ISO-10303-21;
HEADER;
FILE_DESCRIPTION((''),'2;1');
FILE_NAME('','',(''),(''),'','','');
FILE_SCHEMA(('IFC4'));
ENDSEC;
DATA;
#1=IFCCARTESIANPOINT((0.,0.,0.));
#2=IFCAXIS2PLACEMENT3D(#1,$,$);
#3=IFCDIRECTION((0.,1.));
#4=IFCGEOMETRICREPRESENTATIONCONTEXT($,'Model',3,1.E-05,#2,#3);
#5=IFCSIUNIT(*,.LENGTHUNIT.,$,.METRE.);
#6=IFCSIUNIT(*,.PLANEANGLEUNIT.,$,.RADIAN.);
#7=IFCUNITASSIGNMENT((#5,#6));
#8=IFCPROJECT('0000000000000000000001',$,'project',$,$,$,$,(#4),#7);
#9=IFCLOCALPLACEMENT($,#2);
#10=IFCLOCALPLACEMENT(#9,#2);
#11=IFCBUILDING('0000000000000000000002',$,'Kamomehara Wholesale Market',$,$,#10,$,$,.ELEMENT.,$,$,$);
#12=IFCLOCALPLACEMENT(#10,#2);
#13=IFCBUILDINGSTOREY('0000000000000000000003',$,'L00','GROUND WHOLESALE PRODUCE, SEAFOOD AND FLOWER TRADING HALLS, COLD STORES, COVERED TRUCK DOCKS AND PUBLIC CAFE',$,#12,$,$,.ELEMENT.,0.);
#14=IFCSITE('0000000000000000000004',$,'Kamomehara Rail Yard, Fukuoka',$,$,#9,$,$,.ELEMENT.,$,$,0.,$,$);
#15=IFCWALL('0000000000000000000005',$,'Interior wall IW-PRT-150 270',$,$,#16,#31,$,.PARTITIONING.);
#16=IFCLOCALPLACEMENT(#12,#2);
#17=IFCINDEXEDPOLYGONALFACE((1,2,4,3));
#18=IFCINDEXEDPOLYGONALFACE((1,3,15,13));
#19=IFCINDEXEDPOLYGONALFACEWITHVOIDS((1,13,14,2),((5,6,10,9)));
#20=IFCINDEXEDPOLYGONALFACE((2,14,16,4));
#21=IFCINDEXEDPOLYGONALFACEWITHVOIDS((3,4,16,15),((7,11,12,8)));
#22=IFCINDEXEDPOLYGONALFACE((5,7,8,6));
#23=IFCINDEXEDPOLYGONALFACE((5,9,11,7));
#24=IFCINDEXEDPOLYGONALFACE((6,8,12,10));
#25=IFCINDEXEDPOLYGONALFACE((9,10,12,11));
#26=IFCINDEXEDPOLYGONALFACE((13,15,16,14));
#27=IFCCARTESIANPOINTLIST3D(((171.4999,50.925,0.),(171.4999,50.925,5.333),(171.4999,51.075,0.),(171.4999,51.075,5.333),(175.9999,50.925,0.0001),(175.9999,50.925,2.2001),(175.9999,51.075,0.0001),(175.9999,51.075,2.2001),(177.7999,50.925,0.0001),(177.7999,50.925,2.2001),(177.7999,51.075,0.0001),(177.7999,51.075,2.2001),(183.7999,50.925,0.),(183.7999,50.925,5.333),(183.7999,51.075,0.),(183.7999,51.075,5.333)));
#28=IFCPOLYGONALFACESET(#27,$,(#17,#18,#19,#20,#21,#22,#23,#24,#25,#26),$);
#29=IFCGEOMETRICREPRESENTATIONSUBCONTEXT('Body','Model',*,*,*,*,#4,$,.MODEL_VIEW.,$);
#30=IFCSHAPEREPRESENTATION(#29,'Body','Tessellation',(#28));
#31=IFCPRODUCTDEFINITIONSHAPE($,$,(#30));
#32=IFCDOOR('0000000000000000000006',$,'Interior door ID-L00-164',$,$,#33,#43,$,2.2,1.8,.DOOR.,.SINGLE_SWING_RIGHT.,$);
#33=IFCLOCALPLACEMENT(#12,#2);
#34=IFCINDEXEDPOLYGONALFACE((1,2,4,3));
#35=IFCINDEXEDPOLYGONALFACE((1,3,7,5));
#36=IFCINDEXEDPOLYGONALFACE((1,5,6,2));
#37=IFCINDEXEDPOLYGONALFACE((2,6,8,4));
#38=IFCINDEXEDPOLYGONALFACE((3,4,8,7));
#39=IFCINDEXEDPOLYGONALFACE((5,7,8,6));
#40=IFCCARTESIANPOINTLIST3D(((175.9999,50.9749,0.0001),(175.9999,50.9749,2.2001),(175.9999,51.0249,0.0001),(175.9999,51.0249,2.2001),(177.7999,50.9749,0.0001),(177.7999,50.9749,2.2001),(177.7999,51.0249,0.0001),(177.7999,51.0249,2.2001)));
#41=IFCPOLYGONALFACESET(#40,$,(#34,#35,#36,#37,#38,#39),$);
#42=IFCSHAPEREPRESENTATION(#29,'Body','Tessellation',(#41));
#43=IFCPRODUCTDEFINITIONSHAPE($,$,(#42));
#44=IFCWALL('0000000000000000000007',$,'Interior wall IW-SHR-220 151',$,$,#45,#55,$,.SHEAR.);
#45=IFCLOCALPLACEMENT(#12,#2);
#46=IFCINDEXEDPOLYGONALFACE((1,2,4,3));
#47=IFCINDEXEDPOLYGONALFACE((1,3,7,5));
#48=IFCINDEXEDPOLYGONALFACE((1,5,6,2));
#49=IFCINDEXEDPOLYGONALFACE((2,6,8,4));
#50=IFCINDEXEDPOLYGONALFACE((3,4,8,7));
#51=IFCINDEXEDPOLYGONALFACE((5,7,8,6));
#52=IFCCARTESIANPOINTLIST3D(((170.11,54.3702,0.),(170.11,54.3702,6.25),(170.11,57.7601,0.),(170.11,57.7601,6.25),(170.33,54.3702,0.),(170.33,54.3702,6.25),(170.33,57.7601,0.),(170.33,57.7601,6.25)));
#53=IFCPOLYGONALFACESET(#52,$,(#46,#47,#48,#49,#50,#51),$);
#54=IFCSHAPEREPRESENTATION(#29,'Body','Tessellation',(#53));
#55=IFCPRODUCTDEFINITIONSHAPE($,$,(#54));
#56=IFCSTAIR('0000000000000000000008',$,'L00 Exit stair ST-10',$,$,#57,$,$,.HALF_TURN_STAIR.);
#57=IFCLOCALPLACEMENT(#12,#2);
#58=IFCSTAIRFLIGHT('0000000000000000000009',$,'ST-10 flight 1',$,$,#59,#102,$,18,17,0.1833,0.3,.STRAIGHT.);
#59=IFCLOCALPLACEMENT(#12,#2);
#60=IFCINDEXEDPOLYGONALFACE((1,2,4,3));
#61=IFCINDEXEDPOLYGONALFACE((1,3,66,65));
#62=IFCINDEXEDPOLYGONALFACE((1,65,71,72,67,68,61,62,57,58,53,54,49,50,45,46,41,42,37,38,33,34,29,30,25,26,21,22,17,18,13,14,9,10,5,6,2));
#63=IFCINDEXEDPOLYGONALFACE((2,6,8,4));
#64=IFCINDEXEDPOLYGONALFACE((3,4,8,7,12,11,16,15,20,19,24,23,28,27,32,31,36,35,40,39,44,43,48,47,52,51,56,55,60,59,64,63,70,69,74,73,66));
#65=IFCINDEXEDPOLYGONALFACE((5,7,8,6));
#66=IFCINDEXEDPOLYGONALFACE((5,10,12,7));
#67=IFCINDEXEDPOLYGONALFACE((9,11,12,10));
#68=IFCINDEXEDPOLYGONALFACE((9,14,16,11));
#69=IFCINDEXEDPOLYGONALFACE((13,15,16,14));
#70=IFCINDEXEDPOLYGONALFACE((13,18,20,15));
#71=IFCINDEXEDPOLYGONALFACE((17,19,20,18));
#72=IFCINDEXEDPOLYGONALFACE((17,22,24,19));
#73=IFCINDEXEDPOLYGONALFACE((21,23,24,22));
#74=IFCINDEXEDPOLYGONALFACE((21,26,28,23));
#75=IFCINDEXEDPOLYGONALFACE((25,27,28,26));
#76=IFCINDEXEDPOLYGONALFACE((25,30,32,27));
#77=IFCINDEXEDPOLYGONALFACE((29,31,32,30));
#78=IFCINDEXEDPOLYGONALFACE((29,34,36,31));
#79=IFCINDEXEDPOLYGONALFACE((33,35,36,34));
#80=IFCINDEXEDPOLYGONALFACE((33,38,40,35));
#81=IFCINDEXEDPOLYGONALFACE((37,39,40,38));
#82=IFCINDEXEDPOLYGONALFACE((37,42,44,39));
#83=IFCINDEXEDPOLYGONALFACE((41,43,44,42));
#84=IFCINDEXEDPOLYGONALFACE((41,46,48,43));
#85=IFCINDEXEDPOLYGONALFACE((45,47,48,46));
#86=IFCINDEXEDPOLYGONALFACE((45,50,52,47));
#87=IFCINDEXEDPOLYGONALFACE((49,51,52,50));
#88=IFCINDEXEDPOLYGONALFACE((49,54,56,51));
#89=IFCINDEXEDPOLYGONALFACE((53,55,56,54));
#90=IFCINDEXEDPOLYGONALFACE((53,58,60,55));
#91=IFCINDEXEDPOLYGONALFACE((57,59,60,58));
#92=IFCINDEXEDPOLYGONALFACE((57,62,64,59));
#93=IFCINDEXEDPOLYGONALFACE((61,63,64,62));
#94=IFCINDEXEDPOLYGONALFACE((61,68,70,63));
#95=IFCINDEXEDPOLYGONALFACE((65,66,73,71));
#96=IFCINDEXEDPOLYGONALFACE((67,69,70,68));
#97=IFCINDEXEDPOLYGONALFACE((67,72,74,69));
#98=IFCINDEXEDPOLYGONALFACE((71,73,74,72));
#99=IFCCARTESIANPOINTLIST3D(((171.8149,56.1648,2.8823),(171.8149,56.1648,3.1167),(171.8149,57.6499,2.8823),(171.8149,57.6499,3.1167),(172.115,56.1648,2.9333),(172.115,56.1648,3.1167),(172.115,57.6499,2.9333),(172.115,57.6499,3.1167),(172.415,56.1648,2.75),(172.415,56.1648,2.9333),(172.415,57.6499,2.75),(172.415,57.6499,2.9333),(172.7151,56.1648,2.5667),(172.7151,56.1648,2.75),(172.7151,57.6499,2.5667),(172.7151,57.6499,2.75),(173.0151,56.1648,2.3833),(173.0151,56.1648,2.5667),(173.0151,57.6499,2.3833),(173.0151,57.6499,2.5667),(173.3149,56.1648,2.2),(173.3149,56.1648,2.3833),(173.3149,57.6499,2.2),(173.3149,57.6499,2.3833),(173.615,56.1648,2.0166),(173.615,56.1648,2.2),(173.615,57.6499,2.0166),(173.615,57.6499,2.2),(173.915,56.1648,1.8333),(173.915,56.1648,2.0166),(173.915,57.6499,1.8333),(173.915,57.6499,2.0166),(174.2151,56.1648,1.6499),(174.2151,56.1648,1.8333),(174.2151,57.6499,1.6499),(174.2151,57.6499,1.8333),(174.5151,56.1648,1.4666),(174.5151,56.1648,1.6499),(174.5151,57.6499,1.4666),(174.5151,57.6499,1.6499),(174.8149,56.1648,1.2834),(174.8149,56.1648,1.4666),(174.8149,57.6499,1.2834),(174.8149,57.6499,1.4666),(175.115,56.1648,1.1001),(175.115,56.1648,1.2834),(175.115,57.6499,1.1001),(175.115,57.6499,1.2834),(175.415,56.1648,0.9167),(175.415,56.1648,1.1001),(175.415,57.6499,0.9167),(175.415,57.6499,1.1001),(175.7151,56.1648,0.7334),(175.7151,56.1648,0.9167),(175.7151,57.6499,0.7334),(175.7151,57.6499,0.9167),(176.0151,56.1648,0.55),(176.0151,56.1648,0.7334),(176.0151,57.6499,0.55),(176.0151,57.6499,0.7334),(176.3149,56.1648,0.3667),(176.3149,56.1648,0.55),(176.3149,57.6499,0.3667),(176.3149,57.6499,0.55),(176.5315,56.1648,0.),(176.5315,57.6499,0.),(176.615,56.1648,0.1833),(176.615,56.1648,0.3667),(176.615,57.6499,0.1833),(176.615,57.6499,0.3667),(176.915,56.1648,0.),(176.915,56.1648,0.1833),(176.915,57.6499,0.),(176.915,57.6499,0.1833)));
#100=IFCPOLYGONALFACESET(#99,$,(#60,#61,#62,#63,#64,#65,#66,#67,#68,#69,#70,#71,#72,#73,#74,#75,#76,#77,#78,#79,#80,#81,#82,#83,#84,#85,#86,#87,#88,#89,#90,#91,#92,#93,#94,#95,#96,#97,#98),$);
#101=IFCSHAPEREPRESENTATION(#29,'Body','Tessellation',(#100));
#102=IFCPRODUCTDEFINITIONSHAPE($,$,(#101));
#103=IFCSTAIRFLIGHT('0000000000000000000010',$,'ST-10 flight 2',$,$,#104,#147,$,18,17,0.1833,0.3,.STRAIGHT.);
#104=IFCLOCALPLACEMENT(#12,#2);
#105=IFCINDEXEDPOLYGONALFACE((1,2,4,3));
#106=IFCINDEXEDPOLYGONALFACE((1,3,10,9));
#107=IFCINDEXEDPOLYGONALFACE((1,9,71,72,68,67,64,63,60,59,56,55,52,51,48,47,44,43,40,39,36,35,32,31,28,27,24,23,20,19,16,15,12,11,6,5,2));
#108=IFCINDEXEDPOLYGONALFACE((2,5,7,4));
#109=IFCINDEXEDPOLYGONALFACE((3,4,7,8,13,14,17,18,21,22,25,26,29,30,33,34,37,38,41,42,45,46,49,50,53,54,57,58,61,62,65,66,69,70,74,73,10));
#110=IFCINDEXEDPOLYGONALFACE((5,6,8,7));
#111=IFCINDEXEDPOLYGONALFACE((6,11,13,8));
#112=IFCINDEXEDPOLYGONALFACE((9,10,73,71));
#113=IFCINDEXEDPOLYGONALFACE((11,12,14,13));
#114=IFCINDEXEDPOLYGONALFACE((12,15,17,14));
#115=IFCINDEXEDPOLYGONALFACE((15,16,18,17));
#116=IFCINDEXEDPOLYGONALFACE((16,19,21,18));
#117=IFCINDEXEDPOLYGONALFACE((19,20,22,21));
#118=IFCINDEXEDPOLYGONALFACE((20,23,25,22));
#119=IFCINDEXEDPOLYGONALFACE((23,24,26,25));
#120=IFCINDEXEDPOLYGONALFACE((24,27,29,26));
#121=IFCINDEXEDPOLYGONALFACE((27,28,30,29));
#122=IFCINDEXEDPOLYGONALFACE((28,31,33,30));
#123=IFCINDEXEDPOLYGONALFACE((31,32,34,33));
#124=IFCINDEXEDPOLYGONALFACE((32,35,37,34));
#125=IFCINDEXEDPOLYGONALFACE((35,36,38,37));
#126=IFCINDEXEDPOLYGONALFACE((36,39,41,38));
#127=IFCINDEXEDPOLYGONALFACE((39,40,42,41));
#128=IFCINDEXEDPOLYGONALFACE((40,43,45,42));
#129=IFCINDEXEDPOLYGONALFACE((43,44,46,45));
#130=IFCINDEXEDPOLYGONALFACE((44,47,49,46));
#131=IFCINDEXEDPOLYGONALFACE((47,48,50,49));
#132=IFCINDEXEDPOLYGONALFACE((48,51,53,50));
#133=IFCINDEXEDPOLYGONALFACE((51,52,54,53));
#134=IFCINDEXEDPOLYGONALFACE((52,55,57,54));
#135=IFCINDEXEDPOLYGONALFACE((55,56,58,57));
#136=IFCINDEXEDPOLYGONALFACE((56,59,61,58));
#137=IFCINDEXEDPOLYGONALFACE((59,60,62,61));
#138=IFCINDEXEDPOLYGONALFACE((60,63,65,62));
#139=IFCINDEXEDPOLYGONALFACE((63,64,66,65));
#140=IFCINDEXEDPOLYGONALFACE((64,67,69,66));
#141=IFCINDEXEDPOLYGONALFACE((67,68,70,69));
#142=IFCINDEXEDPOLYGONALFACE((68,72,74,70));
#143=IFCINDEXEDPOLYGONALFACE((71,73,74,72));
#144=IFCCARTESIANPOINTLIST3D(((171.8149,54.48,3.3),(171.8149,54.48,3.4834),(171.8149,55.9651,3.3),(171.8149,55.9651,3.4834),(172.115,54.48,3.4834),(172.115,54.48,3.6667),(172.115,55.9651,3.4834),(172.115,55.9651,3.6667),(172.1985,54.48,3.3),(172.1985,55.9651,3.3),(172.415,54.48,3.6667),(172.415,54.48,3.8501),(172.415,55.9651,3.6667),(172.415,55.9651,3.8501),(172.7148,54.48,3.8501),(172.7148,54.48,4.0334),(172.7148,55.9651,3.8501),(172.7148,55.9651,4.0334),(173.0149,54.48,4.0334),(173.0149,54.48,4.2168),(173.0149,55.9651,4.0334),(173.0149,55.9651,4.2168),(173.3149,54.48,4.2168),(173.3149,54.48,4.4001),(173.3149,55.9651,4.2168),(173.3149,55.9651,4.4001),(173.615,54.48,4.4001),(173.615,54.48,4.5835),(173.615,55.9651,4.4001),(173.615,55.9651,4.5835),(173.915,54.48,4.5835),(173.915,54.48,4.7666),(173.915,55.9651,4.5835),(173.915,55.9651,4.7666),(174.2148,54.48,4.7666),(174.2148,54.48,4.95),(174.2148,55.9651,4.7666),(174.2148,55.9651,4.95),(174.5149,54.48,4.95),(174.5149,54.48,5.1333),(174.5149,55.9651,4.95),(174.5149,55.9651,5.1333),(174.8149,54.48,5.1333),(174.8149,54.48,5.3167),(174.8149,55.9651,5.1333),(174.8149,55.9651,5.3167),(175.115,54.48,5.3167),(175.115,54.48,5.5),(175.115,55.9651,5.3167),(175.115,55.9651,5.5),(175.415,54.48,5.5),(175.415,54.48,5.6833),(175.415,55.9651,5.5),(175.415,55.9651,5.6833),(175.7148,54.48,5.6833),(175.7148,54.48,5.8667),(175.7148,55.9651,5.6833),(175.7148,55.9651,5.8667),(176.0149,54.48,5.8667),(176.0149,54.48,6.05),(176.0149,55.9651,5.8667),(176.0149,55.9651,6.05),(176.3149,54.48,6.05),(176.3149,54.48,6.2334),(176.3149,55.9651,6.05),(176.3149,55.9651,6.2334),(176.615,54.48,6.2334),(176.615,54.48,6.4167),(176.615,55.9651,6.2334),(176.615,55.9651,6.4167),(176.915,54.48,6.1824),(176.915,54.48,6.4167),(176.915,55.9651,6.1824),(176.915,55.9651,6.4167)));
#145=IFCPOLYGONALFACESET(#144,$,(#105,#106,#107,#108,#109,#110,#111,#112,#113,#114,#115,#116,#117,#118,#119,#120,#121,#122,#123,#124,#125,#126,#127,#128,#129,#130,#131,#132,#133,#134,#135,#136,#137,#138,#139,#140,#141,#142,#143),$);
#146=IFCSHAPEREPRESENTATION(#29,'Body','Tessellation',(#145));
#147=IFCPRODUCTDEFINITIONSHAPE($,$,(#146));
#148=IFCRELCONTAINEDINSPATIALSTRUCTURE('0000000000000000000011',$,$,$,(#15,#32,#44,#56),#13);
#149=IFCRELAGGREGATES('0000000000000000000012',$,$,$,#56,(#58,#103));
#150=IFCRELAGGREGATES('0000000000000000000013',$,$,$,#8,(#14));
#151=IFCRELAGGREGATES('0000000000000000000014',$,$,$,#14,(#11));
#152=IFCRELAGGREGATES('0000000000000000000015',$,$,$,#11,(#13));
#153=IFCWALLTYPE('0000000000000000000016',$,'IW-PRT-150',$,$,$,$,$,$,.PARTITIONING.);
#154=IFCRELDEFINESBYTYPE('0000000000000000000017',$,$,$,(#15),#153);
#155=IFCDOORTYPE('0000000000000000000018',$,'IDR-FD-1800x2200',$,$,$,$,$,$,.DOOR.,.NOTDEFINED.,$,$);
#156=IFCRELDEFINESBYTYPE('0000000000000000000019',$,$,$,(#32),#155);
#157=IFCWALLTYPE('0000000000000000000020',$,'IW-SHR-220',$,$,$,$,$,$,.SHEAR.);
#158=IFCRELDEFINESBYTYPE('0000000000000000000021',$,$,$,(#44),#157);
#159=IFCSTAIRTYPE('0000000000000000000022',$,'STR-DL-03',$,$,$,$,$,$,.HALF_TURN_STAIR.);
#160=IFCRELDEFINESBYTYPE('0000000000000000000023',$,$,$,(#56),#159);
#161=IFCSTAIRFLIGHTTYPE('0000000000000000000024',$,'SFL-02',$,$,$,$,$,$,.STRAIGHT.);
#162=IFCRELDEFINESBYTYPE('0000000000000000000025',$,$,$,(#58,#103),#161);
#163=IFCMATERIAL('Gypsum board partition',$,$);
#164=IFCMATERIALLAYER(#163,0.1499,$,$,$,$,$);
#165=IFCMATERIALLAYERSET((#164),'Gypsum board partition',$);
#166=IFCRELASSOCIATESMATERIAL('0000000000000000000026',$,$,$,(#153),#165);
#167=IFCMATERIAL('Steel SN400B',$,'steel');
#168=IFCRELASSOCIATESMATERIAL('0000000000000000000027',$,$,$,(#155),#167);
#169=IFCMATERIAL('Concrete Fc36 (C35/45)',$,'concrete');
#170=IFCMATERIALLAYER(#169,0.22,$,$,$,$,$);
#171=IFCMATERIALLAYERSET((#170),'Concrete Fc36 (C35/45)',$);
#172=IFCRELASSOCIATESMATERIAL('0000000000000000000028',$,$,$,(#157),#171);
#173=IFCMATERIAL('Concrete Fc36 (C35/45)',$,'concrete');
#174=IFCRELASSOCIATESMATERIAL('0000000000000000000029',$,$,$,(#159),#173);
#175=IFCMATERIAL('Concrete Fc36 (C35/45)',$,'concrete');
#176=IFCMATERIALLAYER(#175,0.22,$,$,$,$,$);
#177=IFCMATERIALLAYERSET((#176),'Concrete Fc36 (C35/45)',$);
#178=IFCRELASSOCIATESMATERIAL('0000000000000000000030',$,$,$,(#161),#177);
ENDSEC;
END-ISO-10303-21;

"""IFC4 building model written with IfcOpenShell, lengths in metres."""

from ifc_helpers import new_model, si_unit, direction, frame, frame_2d, origin, place, context, subcontext, project, spatial, polyline, rectangle, outline, extrude, material, layer, layer_set, type_object, element, fill, aggregate, save


model = new_model("IFC4")

# Units and contexts
model_context = context("Model", 3, precision=1e-05, world=origin(), true_north=direction((0.0, 1.0)))
body_context = subcontext(model_context, "Body", "Model", "MODEL_VIEW")
ifc_project = project(units=[si_unit("LENGTHUNIT", "METRE"), si_unit("PLANEANGLEUNIT", "RADIAN")], contexts=[model_context])

# Site, building, storey
site_placement = place(None, origin())
site = spatial("IfcSite", under=ifc_project, at=site_placement, Name="Kamomehara Rail Yard, Fukuoka", CompositionType="ELEMENT", RefElevation=0.0)
building_placement = place(site_placement, origin())
building = spatial("IfcBuilding", under=site, at=building_placement, Name="Kamomehara Wholesale Market", CompositionType="ELEMENT")
storey_placement = place(building_placement, origin())
storey = spatial("IfcBuildingStorey", under=building, at=storey_placement, Name="L00", Description="GROUND WHOLESALE PRODUCE, SEAFOOD AND FLOWER TRADING HALLS, COLD STORES, COVERED TRUCK DOCKS AND PUBLIC CAFE", CompositionType="ELEMENT", Elevation=0.0)

# Wall, opening, door
ifc_material_1 = material(Name="Gypsum board partition")
ifc_layer_1 = layer(ifc_material_1, 0.1499)
ifc_layer_set_1 = layer_set([ifc_layer_1], Name="Gypsum board partition")
wall_type_1 = type_object("IfcWallType", Name="IW-PRT-150", PredefinedType="PARTITIONING", material=ifc_layer_set_1)
wall_1_placement = place(storey_placement, frame((171.5, 51.0, 0.0), z_axis=(0.0, 0.0, 1.0), x_axis=(1.0, 0.0, 0.0)))
wall_1 = element("IfcWall", 1, at=wall_1_placement, inside=storey, type_object=wall_type_1, Name="Interior wall IW-PRT-150 270", PredefinedType="PARTITIONING", context=body_context, shape_type="SweptSolid", body=[
    extrude(rectangle(XDim=12.3, YDim=0.1499, at=frame_2d((6.1499, 0.0))), origin(), (0.0, 0.0, 1.0), 5.333),
])
opening_1_placement = place(wall_1_placement, frame((4.5, 0.0, 0.0)))
opening_1 = element("IfcOpeningElement", 2, at=opening_1_placement, cuts=wall_1, PredefinedType="OPENING", context=body_context, shape_type="SweptSolid", body=[
    extrude(rectangle(XDim=1.8, YDim=2.2, at=frame_2d((0.8999, 1.1001))), frame((0.0, 0.0898, 0.0), z_axis=(0.0, -1.0, 0.0), x_axis=(1.0, 0.0, 0.0)), (0.0, 0.0, 1.0), 0.1797),
])
ifc_material_2 = material(Name="Steel SN400B", Category="steel")
door_type_1 = type_object("IfcDoorType", Name="IDR-FD-1800x2200", OperationType="NOTDEFINED", PredefinedType="DOOR", material=ifc_material_2)
door_1_placement = place(opening_1_placement, origin())
door_1 = element("IfcDoor", 3, at=door_1_placement, inside=storey, type_object=door_type_1, Name="Interior door ID-L00-164", OperationType="SINGLE_SWING_RIGHT", OverallHeight=2.2, OverallWidth=1.8, PredefinedType="DOOR", context=body_context, shape_type="SweptSolid", body=[
    extrude(rectangle(XDim=1.8, YDim=2.2, at=frame_2d((0.8999, 1.1001))), frame((0.0, 0.0249, 0.0), z_axis=(0.0, -1.0, 0.0), x_axis=(1.0, 0.0, 0.0)), (0.0, 0.0, 1.0), 0.05),
])
fill(opening_1, door_1)

# Wall
ifc_material_3 = material(Name="Concrete Fc36 (C35/45)", Category="concrete")
ifc_layer_2 = layer(ifc_material_3, 0.22)
ifc_layer_set_2 = layer_set([ifc_layer_2], Name="Concrete Fc36 (C35/45)")
wall_type_2 = type_object("IfcWallType", Name="IW-SHR-220", PredefinedType="SHEAR", material=ifc_layer_set_2)
wall_2_placement = place(storey_placement, frame((170.22, 57.76, 0.0), z_axis=(0.0, 0.0, 1.0), x_axis=(0.0, -1.0, 0.0)))
element("IfcWall", 4, at=wall_2_placement, inside=storey, type_object=wall_type_2, Name="Interior wall IW-SHR-220 151", PredefinedType="SHEAR", context=body_context, shape_type="SweptSolid", body=[
    extrude(rectangle(XDim=3.3899, YDim=0.22, at=frame_2d((1.6948, 0.0))), origin(), (0.0, 0.0, 1.0), 6.25),
])

# Stair, stair flights
ifc_material_4 = material(Name="Concrete Fc36 (C35/45)", Category="concrete")
stair_type = type_object("IfcStairType", Name="STR-DL-03", PredefinedType="HALF_TURN_STAIR", material=ifc_material_4)
stair_placement = place(storey_placement, origin())
stair = element("IfcStair", 5, at=stair_placement, inside=storey, type_object=stair_type, Name="L00 Exit stair ST-10", PredefinedType="HALF_TURN_STAIR")
ifc_material_5 = material(Name="Concrete Fc36 (C35/45)", Category="concrete")
ifc_layer_3 = layer(ifc_material_5, 0.22)
ifc_layer_set_3 = layer_set([ifc_layer_3], Name="Concrete Fc36 (C35/45)")
stair_flight_type = type_object("IfcStairFlightType", Name="SFL-02", PredefinedType="STRAIGHT", material=ifc_layer_set_3)
stair_flight_1_placement = place(storey_placement, frame((176.915, 56.9075, 0.0), z_axis=(0.0, 0.0, 1.0), x_axis=(-1.0, 0.0, 0.0)))
stair_flight_1 = element("IfcStairFlight", 6, at=stair_flight_1_placement, type_object=stair_flight_type, Name="ST-10 flight 1", NumberOfRisers=18, NumberOfTreads=17, PredefinedType="STRAIGHT", RiserHeight=0.1833, TreadLength=0.3, context=body_context, shape_type="SweptSolid", body=[
    extrude(outline(polyline([(0.0, 0.0), (0.0, 0.1833), (0.3, 0.1833), (0.3, 0.3667), (0.6001, 0.3667), (0.6001, 0.55), (0.8999, 0.55), (0.8999, 0.7334), (1.2, 0.7334), (1.2, 0.9167), (1.5, 0.9167), (1.5, 1.1001), (1.8, 1.1001), (1.8, 1.2834), (2.1001, 1.2834), (2.1001, 1.4666), (2.3999, 1.4666), (2.3999, 1.6499), (2.7, 1.6499), (2.7, 1.8333), (3.0, 1.8333), (3.0, 2.0166), (3.3, 2.0166), (3.3, 2.2), (3.6001, 2.2), (3.6001, 2.3833), (3.8999, 2.3833), (3.8999, 2.5667), (4.2, 2.5667), (4.2, 2.75), (4.5, 2.75), (4.5, 2.9333), (4.8, 2.9333), (4.8, 3.1167), (5.1001, 3.1167), (5.1001, 3.3), (5.1001, 2.8823), (0.3835, 0.0), (0.0, 0.0)])), frame((0.0, 0.7427, 0.0), z_axis=(0.0, -1.0, 0.0), x_axis=(1.0, 0.0, 0.0)), (0.0, 0.0, 1.0), 1.4851),
])
stair_flight_2_placement = place(storey_placement, frame((171.8149, 55.2224, 3.3), z_axis=(0.0, 0.0, 1.0), x_axis=(1.0, 0.0, 0.0)))
stair_flight_2 = element("IfcStairFlight", 7, at=stair_flight_2_placement, type_object=stair_flight_type, Name="ST-10 flight 2", NumberOfRisers=18, NumberOfTreads=17, PredefinedType="STRAIGHT", RiserHeight=0.1833, TreadLength=0.3, context=body_context, shape_type="SweptSolid", body=[
    extrude(outline(polyline([(0.0, 0.0), (0.0, 0.1833), (0.3, 0.1833), (0.3, 0.3667), (0.6001, 0.3667), (0.6001, 0.55), (0.8999, 0.55), (0.8999, 0.7334), (1.2, 0.7334), (1.2, 0.9167), (1.5, 0.9167), (1.5, 1.1001), (1.8, 1.1001), (1.8, 1.2834), (2.1001, 1.2834), (2.1001, 1.4666), (2.3999, 1.4666), (2.3999, 1.6499), (2.7, 1.6499), (2.7, 1.8333), (3.0, 1.8333), (3.0, 2.0166), (3.3, 2.0166), (3.3, 2.2), (3.6001, 2.2), (3.6001, 2.3833), (3.8999, 2.3833), (3.8999, 2.5667), (4.2, 2.5667), (4.2, 2.75), (4.5, 2.75), (4.5, 2.9333), (4.8, 2.9333), (4.8, 3.1167), (5.1001, 3.1167), (5.1001, 3.3), (5.1001, 2.8823), (0.3835, 0.0), (0.0, 0.0)])), frame((0.0, 0.7427, 0.0), z_axis=(0.0, -1.0, 0.0), x_axis=(1.0, 0.0, 0.0)), (0.0, 0.0, 1.0), 1.4851),
])
aggregate(stair, [stair_flight_1, stair_flight_2])

save(model, "model.ifc")
